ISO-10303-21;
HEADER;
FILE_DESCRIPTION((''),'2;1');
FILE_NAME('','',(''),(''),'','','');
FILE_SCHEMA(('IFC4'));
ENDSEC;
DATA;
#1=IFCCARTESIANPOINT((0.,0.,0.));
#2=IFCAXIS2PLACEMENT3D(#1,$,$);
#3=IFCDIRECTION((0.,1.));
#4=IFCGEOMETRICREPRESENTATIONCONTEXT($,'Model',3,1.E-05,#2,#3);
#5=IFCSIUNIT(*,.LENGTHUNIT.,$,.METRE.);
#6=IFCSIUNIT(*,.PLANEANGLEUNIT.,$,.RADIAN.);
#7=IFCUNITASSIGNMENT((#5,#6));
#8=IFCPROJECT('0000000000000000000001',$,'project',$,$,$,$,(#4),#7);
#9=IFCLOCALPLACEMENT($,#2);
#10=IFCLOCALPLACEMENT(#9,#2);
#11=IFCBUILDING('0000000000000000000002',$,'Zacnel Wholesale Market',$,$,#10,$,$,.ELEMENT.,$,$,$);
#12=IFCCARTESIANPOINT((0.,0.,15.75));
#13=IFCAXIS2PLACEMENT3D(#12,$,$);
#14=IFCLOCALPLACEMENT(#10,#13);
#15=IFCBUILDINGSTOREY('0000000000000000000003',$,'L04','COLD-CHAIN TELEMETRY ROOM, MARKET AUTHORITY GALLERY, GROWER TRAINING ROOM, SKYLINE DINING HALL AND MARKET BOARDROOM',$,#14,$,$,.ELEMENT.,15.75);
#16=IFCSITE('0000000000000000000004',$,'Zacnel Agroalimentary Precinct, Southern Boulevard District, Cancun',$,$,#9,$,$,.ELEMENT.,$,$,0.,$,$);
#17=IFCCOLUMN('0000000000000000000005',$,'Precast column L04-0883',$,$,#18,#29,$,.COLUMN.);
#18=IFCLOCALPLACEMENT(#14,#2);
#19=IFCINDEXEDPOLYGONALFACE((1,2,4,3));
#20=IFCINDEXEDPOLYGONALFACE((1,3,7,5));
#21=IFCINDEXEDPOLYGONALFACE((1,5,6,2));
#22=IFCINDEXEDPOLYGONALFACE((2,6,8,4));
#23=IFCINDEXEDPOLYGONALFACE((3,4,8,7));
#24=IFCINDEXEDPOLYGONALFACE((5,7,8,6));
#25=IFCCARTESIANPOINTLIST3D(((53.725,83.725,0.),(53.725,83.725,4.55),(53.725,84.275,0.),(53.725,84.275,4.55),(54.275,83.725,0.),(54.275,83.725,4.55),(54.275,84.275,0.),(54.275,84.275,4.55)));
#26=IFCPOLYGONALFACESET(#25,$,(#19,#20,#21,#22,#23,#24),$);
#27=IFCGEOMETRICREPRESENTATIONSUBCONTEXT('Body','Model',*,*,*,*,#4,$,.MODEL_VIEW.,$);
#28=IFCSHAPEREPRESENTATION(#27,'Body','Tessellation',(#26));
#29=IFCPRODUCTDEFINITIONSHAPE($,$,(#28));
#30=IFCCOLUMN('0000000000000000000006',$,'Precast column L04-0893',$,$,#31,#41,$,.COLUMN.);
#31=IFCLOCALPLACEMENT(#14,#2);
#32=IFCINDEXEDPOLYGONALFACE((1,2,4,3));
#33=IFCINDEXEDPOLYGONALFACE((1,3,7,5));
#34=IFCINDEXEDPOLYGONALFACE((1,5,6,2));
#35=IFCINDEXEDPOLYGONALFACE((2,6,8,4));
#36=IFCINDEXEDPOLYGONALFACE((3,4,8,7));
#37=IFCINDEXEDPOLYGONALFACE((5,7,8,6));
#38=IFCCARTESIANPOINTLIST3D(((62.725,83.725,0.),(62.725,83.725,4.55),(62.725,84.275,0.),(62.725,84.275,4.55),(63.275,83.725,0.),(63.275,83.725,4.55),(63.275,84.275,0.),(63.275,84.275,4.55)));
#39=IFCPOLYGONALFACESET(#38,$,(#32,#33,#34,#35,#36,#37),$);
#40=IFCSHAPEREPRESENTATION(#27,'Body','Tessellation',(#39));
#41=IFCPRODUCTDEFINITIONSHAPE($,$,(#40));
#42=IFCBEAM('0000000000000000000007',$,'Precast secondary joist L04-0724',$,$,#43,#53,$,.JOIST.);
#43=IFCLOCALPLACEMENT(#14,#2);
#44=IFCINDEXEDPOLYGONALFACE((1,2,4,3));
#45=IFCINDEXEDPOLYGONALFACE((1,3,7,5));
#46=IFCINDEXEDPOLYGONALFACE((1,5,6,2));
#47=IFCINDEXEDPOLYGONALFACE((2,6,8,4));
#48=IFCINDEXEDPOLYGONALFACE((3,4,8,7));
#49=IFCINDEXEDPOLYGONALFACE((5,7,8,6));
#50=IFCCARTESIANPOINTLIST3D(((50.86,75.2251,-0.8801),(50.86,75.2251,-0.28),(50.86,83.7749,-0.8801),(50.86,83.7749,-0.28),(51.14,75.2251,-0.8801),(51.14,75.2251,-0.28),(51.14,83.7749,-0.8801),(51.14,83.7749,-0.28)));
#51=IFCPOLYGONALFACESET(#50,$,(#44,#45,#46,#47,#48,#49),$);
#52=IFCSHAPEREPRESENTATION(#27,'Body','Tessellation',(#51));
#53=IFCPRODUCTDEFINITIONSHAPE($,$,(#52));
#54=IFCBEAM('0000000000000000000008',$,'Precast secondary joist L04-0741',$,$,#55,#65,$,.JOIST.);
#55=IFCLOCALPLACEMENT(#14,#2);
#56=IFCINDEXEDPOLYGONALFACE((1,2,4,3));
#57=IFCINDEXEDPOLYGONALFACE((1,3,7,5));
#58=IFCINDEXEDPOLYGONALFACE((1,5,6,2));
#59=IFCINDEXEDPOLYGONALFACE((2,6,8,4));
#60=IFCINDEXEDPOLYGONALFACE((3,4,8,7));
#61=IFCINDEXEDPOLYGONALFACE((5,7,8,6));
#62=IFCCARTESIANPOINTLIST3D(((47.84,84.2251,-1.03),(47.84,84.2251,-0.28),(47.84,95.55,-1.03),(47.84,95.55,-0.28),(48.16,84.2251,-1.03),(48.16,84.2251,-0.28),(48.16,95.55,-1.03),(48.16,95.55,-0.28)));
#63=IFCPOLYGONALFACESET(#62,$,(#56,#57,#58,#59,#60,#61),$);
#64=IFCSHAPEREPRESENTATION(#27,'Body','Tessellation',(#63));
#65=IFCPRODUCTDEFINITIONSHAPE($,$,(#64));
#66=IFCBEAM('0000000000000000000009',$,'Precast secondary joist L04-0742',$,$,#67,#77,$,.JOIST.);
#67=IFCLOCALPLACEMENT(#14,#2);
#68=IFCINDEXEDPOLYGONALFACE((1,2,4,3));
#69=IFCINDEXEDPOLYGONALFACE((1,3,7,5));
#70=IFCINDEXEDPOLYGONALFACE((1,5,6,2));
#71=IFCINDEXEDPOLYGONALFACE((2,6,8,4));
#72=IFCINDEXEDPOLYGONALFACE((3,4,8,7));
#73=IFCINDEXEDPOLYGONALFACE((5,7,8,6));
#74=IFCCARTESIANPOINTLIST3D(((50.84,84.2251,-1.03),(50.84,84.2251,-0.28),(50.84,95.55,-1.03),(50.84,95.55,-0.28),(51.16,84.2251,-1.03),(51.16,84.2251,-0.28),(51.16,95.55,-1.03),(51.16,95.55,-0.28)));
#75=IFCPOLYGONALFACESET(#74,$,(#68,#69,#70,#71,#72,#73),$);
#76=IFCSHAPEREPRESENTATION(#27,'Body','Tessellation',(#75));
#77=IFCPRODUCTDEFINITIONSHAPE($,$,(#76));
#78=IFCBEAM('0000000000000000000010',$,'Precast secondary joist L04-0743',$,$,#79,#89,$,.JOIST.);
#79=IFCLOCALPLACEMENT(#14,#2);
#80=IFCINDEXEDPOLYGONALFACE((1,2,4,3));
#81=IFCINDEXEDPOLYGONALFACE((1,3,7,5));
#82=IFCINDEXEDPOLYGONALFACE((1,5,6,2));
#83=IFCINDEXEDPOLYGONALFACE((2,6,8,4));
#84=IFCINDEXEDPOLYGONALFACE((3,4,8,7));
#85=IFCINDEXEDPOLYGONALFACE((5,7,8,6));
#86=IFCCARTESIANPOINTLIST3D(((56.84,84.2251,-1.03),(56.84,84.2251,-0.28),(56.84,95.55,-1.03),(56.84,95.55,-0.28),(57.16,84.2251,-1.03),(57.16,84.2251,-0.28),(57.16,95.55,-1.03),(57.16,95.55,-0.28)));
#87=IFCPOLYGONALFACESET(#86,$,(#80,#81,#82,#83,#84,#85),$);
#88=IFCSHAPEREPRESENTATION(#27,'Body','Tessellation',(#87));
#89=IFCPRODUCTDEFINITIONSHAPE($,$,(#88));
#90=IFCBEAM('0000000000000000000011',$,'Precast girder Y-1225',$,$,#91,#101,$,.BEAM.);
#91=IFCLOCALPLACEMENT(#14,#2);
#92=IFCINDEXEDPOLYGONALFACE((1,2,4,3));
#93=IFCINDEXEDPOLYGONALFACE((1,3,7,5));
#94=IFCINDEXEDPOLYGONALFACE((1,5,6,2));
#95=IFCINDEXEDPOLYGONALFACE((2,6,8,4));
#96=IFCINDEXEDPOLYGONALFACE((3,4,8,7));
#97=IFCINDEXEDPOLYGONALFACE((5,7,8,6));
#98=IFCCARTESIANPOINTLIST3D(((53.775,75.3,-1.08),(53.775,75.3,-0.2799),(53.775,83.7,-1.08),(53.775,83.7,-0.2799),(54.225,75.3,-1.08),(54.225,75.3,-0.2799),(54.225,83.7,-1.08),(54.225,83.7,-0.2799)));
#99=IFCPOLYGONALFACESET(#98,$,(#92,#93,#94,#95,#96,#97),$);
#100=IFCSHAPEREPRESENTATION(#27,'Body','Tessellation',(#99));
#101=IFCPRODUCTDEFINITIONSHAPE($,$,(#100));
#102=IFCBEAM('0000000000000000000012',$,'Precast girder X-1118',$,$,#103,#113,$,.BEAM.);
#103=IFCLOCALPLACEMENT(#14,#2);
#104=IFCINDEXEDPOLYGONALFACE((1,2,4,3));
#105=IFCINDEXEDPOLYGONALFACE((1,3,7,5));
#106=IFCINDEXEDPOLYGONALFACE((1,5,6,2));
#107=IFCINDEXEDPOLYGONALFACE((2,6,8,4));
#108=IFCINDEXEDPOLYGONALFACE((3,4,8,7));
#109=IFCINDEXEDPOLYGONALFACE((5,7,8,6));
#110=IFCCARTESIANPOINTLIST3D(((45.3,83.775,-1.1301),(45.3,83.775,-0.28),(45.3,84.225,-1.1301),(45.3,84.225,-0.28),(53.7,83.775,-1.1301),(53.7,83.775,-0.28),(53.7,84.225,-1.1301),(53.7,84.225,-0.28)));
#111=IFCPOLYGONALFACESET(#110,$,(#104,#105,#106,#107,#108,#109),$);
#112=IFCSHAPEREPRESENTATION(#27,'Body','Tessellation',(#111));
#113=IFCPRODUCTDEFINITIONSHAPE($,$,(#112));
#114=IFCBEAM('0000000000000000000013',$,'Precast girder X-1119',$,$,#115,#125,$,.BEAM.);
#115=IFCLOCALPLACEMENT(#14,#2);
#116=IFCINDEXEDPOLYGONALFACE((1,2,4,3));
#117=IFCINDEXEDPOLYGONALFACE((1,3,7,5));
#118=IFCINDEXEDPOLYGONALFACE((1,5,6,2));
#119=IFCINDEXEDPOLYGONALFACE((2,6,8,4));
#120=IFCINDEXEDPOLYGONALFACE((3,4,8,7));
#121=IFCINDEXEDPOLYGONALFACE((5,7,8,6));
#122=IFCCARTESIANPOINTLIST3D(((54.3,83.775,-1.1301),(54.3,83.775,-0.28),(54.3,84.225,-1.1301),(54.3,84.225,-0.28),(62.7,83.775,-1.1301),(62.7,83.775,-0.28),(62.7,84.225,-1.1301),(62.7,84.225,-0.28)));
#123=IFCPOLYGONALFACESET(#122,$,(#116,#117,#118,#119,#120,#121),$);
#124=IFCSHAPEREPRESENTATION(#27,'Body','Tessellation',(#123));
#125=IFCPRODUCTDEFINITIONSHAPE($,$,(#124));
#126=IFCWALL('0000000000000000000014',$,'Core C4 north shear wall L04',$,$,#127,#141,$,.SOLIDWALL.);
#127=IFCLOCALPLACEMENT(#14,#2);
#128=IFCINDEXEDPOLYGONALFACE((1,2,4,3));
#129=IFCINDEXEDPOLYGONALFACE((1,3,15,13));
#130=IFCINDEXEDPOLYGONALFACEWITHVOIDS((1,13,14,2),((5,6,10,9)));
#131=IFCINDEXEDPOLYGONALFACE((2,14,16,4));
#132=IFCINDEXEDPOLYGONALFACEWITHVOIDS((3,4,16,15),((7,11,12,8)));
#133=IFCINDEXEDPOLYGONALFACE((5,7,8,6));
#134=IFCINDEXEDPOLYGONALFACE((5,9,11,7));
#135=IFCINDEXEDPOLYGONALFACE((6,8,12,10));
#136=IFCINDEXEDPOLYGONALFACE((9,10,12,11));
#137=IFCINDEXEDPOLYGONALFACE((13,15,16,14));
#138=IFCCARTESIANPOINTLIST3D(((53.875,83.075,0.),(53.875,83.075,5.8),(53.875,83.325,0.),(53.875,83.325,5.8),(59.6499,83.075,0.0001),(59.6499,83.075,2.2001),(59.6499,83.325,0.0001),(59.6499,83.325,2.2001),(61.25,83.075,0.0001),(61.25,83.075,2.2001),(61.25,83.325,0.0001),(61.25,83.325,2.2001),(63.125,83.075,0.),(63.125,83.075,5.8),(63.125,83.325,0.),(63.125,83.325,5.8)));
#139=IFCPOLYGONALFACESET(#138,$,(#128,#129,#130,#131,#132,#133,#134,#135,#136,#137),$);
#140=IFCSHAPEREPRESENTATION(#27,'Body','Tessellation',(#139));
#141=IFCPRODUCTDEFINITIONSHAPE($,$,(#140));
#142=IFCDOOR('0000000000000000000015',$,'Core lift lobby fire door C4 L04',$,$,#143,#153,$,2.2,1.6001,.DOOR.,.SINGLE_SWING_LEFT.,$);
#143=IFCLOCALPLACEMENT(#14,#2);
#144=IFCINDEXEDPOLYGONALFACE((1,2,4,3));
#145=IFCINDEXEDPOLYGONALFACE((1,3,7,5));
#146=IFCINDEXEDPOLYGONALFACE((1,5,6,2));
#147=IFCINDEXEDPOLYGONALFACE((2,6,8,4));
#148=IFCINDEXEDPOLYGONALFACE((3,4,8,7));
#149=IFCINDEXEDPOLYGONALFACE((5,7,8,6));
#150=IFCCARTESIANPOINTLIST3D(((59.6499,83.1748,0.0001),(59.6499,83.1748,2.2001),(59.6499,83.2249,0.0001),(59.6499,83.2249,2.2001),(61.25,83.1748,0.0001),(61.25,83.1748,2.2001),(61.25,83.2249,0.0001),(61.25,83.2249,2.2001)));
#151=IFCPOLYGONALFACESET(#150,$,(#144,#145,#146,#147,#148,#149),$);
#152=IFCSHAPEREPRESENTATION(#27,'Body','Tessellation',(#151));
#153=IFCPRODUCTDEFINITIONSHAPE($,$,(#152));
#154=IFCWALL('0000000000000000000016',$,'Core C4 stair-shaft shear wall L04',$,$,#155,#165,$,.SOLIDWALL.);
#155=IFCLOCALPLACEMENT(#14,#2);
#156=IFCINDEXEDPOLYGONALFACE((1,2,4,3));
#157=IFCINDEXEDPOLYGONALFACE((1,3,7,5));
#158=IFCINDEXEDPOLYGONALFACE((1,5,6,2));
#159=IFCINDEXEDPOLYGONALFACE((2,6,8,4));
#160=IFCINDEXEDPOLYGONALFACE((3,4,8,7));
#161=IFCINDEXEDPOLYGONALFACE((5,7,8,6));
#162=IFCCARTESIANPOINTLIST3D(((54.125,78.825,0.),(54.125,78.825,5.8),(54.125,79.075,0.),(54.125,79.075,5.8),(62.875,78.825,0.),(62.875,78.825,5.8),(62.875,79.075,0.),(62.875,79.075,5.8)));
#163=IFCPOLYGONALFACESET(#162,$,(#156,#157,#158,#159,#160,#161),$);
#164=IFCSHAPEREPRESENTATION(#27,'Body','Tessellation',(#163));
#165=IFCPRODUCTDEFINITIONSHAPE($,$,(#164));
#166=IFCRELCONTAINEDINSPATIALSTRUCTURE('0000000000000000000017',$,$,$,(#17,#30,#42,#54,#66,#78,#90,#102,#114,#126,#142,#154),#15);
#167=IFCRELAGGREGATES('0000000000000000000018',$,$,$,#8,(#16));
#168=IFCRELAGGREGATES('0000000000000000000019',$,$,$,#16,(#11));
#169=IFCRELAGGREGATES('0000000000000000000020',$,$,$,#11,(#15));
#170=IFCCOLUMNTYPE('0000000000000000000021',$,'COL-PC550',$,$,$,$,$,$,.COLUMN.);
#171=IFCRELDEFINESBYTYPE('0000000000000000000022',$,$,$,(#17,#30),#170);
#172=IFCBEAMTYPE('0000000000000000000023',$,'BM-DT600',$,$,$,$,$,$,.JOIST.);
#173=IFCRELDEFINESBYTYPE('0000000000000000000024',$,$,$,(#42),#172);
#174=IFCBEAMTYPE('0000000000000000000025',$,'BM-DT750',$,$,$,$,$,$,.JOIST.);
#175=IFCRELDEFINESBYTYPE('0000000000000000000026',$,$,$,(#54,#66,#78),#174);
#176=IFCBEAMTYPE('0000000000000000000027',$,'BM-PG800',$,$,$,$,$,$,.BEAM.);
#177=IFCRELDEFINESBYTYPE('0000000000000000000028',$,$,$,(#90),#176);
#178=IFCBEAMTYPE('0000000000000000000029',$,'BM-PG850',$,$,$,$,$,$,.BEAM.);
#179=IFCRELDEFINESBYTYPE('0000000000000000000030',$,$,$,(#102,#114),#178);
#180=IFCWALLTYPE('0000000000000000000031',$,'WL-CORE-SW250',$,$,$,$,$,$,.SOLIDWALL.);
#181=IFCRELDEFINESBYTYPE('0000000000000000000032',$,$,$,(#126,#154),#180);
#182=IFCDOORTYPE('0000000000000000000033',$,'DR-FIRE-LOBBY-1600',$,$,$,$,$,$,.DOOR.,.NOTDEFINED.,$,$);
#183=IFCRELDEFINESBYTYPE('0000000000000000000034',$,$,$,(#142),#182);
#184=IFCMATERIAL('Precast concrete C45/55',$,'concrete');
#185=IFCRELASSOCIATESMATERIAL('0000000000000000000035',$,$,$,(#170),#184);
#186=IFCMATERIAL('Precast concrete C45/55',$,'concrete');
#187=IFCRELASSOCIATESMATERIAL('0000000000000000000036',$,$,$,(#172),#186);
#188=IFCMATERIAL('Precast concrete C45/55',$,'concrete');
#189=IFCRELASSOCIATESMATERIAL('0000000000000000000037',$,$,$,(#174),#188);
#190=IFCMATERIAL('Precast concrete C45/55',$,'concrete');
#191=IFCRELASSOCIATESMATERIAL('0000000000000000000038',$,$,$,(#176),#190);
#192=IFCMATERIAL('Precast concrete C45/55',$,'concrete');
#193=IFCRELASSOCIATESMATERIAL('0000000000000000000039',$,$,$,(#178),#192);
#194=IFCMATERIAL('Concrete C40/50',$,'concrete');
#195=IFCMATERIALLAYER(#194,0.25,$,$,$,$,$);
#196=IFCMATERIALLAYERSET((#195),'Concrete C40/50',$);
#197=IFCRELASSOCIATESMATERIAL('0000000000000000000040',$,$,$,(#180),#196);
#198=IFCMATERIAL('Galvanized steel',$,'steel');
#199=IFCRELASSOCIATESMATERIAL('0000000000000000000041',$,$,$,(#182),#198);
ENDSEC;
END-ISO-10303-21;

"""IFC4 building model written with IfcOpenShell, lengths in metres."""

from ifc_helpers import new_model, si_unit, direction, frame, frame_2d, origin, origin_2d, place, context, subcontext, project, spatial, rectangle, extrude, material, layer, layer_set, material_profile, profile_set, type_object, element, fill, save


model = new_model("IFC4")

# Units and contexts
model_context = context("Model", 3, precision=1e-05, world=origin(), true_north=direction((0.0, 1.0)))
body_context = subcontext(model_context, "Body", "Model", "MODEL_VIEW")
ifc_project = project(units=[si_unit("LENGTHUNIT", "METRE"), si_unit("PLANEANGLEUNIT", "RADIAN")], contexts=[model_context])

# Site, building, storey
site_placement = place(None, origin())
site = spatial("IfcSite", under=ifc_project, at=site_placement, Name="Zacnel Agroalimentary Precinct, Southern Boulevard District, Cancun", CompositionType="ELEMENT", RefElevation=0.0)
building_placement = place(site_placement, origin())
building = spatial("IfcBuilding", under=site, at=building_placement, Name="Zacnel Wholesale Market", CompositionType="ELEMENT")
storey_placement = place(building_placement, frame((0.0, 0.0, 15.75)))
storey = spatial("IfcBuildingStorey", under=building, at=storey_placement, Name="L04", Description="COLD-CHAIN TELEMETRY ROOM, MARKET AUTHORITY GALLERY, GROWER TRAINING ROOM, SKYLINE DINING HALL AND MARKET BOARDROOM", CompositionType="ELEMENT", Elevation=15.75)

# Columns
ifc_material_1 = material(Name="Precast concrete C45/55", Category="concrete")
ifc_material_profile_1 = material_profile(ifc_material_1, rectangle(XDim=0.55, YDim=0.55, at=origin_2d()), Name="PC 550x550")
ifc_profile_set_1 = profile_set([ifc_material_profile_1], Name="Precast concrete C45/55")
column_type = type_object("IfcColumnType", Name="COL-PC550", PredefinedType="COLUMN", material=ifc_profile_set_1)
for number, where, z_axis, x_axis, name in (
    (1, (54.0, 84.0, 0.0), (0.0, 0.0, 1.0), (1.0, 0.0, 0.0), "Precast column L04-0883"),
    (2, (63.0, 84.0, 0.0), (0.0, 0.0, 1.0), (1.0, 0.0, 0.0), "Precast column L04-0893"),
):
    element("IfcColumn", number, at=place(storey_placement, frame(where, z_axis=z_axis, x_axis=x_axis)), inside=storey, type_object=column_type, Name=name, PredefinedType="COLUMN", context=body_context, shape_type="SweptSolid", body=[
        extrude(rectangle(XDim=0.55, YDim=0.55, at=origin_2d()), origin(), (0.0, 0.0, 1.0), 4.55),
    ])

# Beams
ifc_material_2 = material(Name="Precast concrete C45/55", Category="concrete")
ifc_material_profile_2 = material_profile(ifc_material_2, rectangle(XDim=0.28, YDim=0.6001, at=origin_2d()), Name="DT RIB 280x600")
ifc_profile_set_2 = profile_set([ifc_material_profile_2], Name="Precast concrete C45/55")
beam_type_1 = type_object("IfcBeamType", Name="BM-DT600", PredefinedType="JOIST", material=ifc_profile_set_2)
beam_1_placement = place(storey_placement, frame((51.0, 75.2251, -0.5801), z_axis=(0.0, 1.0, 0.0), x_axis=(-1.0, 0.0, 0.0)))
element("IfcBeam", 3, at=beam_1_placement, inside=storey, type_object=beam_type_1, Name="Precast secondary joist L04-0724", PredefinedType="JOIST", context=body_context, shape_type="SweptSolid", body=[
    extrude(rectangle(XDim=0.28, YDim=0.6001, at=origin_2d()), origin(), (0.0, 0.0, 1.0), 8.5498),
])
ifc_material_3 = material(Name="Precast concrete C45/55", Category="concrete")
ifc_material_profile_3 = material_profile(ifc_material_3, rectangle(XDim=0.3201, YDim=0.75, at=origin_2d()), Name="DT RIB 320x750")
ifc_profile_set_3 = profile_set([ifc_material_profile_3], Name="Precast concrete C45/55")
beam_type_2 = type_object("IfcBeamType", Name="BM-DT750", PredefinedType="JOIST", material=ifc_profile_set_3)
for number, where, z_axis, x_axis, name in (
    (4, (48.0, 84.2251, -0.655), (0.0, 1.0, 0.0), (-1.0, 0.0, 0.0), "Precast secondary joist L04-0741"),
    (5, (51.0, 84.2251, -0.655), (0.0, 1.0, 0.0), (-1.0, 0.0, 0.0), "Precast secondary joist L04-0742"),
    (6, (57.0, 84.2251, -0.655), (0.0, 1.0, 0.0), (-1.0, 0.0, 0.0), "Precast secondary joist L04-0743"),
):
    element("IfcBeam", number, at=place(storey_placement, frame(where, z_axis=z_axis, x_axis=x_axis)), inside=storey, type_object=beam_type_2, Name=name, PredefinedType="JOIST", context=body_context, shape_type="SweptSolid", body=[
        extrude(rectangle(XDim=0.3201, YDim=0.75, at=origin_2d()), origin(), (0.0, 0.0, 1.0), 11.325),
    ])
ifc_material_4 = material(Name="Precast concrete C45/55", Category="concrete")
ifc_material_profile_4 = material_profile(ifc_material_4, rectangle(XDim=0.45, YDim=0.8, at=origin_2d()), Name="PG 450x800")
ifc_profile_set_4 = profile_set([ifc_material_profile_4], Name="Precast concrete C45/55")
beam_type_3 = type_object("IfcBeamType", Name="BM-PG800", PredefinedType="BEAM", material=ifc_profile_set_4)
beam_2_placement = place(storey_placement, frame((54.0, 75.3, -0.6799), z_axis=(0.0, 1.0, 0.0), x_axis=(-1.0, 0.0, 0.0)))
element("IfcBeam", 7, at=beam_2_placement, inside=storey, type_object=beam_type_3, Name="Precast girder Y-1225", PredefinedType="BEAM", context=body_context, shape_type="SweptSolid", body=[
    extrude(rectangle(XDim=0.45, YDim=0.8, at=origin_2d()), origin(), (0.0, 0.0, 1.0), 8.3999),
])
ifc_material_5 = material(Name="Precast concrete C45/55", Category="concrete")
ifc_material_profile_5 = material_profile(ifc_material_5, rectangle(XDim=0.45, YDim=0.8501, at=origin_2d()), Name="PG 450x850")
ifc_profile_set_5 = profile_set([ifc_material_profile_5], Name="Precast concrete C45/55")
beam_type_4 = type_object("IfcBeamType", Name="BM-PG850", PredefinedType="BEAM", material=ifc_profile_set_5)
for number, where, z_axis, x_axis, name in (
    (8, (45.3, 84.0, -0.7051), (1.0, 0.0, 0.0), (0.0, 1.0, 0.0), "Precast girder X-1118"),
    (9, (54.3, 84.0, -0.7051), (1.0, 0.0, 0.0), (0.0, 1.0, 0.0), "Precast girder X-1119"),
):
    element("IfcBeam", number, at=place(storey_placement, frame(where, z_axis=z_axis, x_axis=x_axis)), inside=storey, type_object=beam_type_4, Name=name, PredefinedType="BEAM", context=body_context, shape_type="SweptSolid", body=[
        extrude(rectangle(XDim=0.45, YDim=0.8501, at=origin_2d()), origin(), (0.0, 0.0, 1.0), 8.3999),
    ])

# Wall, opening, door
ifc_material_6 = material(Name="Concrete C40/50", Category="concrete")
ifc_layer_1 = layer(ifc_material_6, 0.25)
ifc_layer_set_1 = layer_set([ifc_layer_1], Name="Concrete C40/50")
wall_type_1 = type_object("IfcWallType", Name="WL-CORE-SW250", PredefinedType="SOLIDWALL", material=ifc_layer_set_1)
wall_1_placement = place(storey_placement, frame((53.875, 83.2, 0.0), z_axis=(0.0, 0.0, 1.0), x_axis=(1.0, 0.0, 0.0)))
wall_1 = element("IfcWall", 10, at=wall_1_placement, inside=storey, type_object=wall_type_1, Name="Core C4 north shear wall L04", PredefinedType="SOLIDWALL", context=body_context, shape_type="SweptSolid", body=[
    extrude(rectangle(XDim=9.25, YDim=0.25, at=frame_2d((4.625, 0.0))), origin(), (0.0, 0.0, 1.0), 5.8),
])
opening_1_placement = place(wall_1_placement, frame((5.7749, 0.0, 0.0)))
opening_1 = element("IfcOpeningElement", 11, at=opening_1_placement, cuts=wall_1, PredefinedType="OPENING", context=body_context, shape_type="SweptSolid", body=[
    extrude(rectangle(XDim=1.6001, YDim=2.2, at=frame_2d((0.8, 1.1001))), frame((0.0, 0.135, 0.0), z_axis=(0.0, -1.0, 0.0), x_axis=(1.0, 0.0, 0.0)), (0.0, 0.0, 1.0), 0.27),
])
ifc_material_7 = material(Name="Galvanized steel", Category="steel")
door_type_1 = type_object("IfcDoorType", Name="DR-FIRE-LOBBY-1600", OperationType="NOTDEFINED", PredefinedType="DOOR", material=ifc_material_7)
door_1_placement = place(opening_1_placement, origin())
door_1 = element("IfcDoor", 12, at=door_1_placement, inside=storey, type_object=door_type_1, Name="Core lift lobby fire door C4 L04", OperationType="SINGLE_SWING_LEFT", OverallHeight=2.2, OverallWidth=1.6001, PredefinedType="DOOR", context=body_context, shape_type="SweptSolid", body=[
    extrude(rectangle(XDim=1.6001, YDim=2.2, at=frame_2d((0.8, 1.1001))), frame((0.0, 0.0249, 0.0), z_axis=(0.0, -1.0, 0.0), x_axis=(1.0, 0.0, 0.0)), (0.0, 0.0, 1.0), 0.05),
])
fill(opening_1, door_1)

# Wall
wall_2_placement = place(storey_placement, frame((54.125, 78.95, 0.0), z_axis=(0.0, 0.0, 1.0), x_axis=(1.0, 0.0, 0.0)))
element("IfcWall", 13, at=wall_2_placement, inside=storey, type_object=wall_type_1, Name="Core C4 stair-shaft shear wall L04", PredefinedType="SOLIDWALL", context=body_context, shape_type="SweptSolid", body=[
    extrude(rectangle(XDim=8.75, YDim=0.25, at=frame_2d((4.375, 0.0))), origin(), (0.0, 0.0, 1.0), 5.8),
])

save(model, "model.ifc")
